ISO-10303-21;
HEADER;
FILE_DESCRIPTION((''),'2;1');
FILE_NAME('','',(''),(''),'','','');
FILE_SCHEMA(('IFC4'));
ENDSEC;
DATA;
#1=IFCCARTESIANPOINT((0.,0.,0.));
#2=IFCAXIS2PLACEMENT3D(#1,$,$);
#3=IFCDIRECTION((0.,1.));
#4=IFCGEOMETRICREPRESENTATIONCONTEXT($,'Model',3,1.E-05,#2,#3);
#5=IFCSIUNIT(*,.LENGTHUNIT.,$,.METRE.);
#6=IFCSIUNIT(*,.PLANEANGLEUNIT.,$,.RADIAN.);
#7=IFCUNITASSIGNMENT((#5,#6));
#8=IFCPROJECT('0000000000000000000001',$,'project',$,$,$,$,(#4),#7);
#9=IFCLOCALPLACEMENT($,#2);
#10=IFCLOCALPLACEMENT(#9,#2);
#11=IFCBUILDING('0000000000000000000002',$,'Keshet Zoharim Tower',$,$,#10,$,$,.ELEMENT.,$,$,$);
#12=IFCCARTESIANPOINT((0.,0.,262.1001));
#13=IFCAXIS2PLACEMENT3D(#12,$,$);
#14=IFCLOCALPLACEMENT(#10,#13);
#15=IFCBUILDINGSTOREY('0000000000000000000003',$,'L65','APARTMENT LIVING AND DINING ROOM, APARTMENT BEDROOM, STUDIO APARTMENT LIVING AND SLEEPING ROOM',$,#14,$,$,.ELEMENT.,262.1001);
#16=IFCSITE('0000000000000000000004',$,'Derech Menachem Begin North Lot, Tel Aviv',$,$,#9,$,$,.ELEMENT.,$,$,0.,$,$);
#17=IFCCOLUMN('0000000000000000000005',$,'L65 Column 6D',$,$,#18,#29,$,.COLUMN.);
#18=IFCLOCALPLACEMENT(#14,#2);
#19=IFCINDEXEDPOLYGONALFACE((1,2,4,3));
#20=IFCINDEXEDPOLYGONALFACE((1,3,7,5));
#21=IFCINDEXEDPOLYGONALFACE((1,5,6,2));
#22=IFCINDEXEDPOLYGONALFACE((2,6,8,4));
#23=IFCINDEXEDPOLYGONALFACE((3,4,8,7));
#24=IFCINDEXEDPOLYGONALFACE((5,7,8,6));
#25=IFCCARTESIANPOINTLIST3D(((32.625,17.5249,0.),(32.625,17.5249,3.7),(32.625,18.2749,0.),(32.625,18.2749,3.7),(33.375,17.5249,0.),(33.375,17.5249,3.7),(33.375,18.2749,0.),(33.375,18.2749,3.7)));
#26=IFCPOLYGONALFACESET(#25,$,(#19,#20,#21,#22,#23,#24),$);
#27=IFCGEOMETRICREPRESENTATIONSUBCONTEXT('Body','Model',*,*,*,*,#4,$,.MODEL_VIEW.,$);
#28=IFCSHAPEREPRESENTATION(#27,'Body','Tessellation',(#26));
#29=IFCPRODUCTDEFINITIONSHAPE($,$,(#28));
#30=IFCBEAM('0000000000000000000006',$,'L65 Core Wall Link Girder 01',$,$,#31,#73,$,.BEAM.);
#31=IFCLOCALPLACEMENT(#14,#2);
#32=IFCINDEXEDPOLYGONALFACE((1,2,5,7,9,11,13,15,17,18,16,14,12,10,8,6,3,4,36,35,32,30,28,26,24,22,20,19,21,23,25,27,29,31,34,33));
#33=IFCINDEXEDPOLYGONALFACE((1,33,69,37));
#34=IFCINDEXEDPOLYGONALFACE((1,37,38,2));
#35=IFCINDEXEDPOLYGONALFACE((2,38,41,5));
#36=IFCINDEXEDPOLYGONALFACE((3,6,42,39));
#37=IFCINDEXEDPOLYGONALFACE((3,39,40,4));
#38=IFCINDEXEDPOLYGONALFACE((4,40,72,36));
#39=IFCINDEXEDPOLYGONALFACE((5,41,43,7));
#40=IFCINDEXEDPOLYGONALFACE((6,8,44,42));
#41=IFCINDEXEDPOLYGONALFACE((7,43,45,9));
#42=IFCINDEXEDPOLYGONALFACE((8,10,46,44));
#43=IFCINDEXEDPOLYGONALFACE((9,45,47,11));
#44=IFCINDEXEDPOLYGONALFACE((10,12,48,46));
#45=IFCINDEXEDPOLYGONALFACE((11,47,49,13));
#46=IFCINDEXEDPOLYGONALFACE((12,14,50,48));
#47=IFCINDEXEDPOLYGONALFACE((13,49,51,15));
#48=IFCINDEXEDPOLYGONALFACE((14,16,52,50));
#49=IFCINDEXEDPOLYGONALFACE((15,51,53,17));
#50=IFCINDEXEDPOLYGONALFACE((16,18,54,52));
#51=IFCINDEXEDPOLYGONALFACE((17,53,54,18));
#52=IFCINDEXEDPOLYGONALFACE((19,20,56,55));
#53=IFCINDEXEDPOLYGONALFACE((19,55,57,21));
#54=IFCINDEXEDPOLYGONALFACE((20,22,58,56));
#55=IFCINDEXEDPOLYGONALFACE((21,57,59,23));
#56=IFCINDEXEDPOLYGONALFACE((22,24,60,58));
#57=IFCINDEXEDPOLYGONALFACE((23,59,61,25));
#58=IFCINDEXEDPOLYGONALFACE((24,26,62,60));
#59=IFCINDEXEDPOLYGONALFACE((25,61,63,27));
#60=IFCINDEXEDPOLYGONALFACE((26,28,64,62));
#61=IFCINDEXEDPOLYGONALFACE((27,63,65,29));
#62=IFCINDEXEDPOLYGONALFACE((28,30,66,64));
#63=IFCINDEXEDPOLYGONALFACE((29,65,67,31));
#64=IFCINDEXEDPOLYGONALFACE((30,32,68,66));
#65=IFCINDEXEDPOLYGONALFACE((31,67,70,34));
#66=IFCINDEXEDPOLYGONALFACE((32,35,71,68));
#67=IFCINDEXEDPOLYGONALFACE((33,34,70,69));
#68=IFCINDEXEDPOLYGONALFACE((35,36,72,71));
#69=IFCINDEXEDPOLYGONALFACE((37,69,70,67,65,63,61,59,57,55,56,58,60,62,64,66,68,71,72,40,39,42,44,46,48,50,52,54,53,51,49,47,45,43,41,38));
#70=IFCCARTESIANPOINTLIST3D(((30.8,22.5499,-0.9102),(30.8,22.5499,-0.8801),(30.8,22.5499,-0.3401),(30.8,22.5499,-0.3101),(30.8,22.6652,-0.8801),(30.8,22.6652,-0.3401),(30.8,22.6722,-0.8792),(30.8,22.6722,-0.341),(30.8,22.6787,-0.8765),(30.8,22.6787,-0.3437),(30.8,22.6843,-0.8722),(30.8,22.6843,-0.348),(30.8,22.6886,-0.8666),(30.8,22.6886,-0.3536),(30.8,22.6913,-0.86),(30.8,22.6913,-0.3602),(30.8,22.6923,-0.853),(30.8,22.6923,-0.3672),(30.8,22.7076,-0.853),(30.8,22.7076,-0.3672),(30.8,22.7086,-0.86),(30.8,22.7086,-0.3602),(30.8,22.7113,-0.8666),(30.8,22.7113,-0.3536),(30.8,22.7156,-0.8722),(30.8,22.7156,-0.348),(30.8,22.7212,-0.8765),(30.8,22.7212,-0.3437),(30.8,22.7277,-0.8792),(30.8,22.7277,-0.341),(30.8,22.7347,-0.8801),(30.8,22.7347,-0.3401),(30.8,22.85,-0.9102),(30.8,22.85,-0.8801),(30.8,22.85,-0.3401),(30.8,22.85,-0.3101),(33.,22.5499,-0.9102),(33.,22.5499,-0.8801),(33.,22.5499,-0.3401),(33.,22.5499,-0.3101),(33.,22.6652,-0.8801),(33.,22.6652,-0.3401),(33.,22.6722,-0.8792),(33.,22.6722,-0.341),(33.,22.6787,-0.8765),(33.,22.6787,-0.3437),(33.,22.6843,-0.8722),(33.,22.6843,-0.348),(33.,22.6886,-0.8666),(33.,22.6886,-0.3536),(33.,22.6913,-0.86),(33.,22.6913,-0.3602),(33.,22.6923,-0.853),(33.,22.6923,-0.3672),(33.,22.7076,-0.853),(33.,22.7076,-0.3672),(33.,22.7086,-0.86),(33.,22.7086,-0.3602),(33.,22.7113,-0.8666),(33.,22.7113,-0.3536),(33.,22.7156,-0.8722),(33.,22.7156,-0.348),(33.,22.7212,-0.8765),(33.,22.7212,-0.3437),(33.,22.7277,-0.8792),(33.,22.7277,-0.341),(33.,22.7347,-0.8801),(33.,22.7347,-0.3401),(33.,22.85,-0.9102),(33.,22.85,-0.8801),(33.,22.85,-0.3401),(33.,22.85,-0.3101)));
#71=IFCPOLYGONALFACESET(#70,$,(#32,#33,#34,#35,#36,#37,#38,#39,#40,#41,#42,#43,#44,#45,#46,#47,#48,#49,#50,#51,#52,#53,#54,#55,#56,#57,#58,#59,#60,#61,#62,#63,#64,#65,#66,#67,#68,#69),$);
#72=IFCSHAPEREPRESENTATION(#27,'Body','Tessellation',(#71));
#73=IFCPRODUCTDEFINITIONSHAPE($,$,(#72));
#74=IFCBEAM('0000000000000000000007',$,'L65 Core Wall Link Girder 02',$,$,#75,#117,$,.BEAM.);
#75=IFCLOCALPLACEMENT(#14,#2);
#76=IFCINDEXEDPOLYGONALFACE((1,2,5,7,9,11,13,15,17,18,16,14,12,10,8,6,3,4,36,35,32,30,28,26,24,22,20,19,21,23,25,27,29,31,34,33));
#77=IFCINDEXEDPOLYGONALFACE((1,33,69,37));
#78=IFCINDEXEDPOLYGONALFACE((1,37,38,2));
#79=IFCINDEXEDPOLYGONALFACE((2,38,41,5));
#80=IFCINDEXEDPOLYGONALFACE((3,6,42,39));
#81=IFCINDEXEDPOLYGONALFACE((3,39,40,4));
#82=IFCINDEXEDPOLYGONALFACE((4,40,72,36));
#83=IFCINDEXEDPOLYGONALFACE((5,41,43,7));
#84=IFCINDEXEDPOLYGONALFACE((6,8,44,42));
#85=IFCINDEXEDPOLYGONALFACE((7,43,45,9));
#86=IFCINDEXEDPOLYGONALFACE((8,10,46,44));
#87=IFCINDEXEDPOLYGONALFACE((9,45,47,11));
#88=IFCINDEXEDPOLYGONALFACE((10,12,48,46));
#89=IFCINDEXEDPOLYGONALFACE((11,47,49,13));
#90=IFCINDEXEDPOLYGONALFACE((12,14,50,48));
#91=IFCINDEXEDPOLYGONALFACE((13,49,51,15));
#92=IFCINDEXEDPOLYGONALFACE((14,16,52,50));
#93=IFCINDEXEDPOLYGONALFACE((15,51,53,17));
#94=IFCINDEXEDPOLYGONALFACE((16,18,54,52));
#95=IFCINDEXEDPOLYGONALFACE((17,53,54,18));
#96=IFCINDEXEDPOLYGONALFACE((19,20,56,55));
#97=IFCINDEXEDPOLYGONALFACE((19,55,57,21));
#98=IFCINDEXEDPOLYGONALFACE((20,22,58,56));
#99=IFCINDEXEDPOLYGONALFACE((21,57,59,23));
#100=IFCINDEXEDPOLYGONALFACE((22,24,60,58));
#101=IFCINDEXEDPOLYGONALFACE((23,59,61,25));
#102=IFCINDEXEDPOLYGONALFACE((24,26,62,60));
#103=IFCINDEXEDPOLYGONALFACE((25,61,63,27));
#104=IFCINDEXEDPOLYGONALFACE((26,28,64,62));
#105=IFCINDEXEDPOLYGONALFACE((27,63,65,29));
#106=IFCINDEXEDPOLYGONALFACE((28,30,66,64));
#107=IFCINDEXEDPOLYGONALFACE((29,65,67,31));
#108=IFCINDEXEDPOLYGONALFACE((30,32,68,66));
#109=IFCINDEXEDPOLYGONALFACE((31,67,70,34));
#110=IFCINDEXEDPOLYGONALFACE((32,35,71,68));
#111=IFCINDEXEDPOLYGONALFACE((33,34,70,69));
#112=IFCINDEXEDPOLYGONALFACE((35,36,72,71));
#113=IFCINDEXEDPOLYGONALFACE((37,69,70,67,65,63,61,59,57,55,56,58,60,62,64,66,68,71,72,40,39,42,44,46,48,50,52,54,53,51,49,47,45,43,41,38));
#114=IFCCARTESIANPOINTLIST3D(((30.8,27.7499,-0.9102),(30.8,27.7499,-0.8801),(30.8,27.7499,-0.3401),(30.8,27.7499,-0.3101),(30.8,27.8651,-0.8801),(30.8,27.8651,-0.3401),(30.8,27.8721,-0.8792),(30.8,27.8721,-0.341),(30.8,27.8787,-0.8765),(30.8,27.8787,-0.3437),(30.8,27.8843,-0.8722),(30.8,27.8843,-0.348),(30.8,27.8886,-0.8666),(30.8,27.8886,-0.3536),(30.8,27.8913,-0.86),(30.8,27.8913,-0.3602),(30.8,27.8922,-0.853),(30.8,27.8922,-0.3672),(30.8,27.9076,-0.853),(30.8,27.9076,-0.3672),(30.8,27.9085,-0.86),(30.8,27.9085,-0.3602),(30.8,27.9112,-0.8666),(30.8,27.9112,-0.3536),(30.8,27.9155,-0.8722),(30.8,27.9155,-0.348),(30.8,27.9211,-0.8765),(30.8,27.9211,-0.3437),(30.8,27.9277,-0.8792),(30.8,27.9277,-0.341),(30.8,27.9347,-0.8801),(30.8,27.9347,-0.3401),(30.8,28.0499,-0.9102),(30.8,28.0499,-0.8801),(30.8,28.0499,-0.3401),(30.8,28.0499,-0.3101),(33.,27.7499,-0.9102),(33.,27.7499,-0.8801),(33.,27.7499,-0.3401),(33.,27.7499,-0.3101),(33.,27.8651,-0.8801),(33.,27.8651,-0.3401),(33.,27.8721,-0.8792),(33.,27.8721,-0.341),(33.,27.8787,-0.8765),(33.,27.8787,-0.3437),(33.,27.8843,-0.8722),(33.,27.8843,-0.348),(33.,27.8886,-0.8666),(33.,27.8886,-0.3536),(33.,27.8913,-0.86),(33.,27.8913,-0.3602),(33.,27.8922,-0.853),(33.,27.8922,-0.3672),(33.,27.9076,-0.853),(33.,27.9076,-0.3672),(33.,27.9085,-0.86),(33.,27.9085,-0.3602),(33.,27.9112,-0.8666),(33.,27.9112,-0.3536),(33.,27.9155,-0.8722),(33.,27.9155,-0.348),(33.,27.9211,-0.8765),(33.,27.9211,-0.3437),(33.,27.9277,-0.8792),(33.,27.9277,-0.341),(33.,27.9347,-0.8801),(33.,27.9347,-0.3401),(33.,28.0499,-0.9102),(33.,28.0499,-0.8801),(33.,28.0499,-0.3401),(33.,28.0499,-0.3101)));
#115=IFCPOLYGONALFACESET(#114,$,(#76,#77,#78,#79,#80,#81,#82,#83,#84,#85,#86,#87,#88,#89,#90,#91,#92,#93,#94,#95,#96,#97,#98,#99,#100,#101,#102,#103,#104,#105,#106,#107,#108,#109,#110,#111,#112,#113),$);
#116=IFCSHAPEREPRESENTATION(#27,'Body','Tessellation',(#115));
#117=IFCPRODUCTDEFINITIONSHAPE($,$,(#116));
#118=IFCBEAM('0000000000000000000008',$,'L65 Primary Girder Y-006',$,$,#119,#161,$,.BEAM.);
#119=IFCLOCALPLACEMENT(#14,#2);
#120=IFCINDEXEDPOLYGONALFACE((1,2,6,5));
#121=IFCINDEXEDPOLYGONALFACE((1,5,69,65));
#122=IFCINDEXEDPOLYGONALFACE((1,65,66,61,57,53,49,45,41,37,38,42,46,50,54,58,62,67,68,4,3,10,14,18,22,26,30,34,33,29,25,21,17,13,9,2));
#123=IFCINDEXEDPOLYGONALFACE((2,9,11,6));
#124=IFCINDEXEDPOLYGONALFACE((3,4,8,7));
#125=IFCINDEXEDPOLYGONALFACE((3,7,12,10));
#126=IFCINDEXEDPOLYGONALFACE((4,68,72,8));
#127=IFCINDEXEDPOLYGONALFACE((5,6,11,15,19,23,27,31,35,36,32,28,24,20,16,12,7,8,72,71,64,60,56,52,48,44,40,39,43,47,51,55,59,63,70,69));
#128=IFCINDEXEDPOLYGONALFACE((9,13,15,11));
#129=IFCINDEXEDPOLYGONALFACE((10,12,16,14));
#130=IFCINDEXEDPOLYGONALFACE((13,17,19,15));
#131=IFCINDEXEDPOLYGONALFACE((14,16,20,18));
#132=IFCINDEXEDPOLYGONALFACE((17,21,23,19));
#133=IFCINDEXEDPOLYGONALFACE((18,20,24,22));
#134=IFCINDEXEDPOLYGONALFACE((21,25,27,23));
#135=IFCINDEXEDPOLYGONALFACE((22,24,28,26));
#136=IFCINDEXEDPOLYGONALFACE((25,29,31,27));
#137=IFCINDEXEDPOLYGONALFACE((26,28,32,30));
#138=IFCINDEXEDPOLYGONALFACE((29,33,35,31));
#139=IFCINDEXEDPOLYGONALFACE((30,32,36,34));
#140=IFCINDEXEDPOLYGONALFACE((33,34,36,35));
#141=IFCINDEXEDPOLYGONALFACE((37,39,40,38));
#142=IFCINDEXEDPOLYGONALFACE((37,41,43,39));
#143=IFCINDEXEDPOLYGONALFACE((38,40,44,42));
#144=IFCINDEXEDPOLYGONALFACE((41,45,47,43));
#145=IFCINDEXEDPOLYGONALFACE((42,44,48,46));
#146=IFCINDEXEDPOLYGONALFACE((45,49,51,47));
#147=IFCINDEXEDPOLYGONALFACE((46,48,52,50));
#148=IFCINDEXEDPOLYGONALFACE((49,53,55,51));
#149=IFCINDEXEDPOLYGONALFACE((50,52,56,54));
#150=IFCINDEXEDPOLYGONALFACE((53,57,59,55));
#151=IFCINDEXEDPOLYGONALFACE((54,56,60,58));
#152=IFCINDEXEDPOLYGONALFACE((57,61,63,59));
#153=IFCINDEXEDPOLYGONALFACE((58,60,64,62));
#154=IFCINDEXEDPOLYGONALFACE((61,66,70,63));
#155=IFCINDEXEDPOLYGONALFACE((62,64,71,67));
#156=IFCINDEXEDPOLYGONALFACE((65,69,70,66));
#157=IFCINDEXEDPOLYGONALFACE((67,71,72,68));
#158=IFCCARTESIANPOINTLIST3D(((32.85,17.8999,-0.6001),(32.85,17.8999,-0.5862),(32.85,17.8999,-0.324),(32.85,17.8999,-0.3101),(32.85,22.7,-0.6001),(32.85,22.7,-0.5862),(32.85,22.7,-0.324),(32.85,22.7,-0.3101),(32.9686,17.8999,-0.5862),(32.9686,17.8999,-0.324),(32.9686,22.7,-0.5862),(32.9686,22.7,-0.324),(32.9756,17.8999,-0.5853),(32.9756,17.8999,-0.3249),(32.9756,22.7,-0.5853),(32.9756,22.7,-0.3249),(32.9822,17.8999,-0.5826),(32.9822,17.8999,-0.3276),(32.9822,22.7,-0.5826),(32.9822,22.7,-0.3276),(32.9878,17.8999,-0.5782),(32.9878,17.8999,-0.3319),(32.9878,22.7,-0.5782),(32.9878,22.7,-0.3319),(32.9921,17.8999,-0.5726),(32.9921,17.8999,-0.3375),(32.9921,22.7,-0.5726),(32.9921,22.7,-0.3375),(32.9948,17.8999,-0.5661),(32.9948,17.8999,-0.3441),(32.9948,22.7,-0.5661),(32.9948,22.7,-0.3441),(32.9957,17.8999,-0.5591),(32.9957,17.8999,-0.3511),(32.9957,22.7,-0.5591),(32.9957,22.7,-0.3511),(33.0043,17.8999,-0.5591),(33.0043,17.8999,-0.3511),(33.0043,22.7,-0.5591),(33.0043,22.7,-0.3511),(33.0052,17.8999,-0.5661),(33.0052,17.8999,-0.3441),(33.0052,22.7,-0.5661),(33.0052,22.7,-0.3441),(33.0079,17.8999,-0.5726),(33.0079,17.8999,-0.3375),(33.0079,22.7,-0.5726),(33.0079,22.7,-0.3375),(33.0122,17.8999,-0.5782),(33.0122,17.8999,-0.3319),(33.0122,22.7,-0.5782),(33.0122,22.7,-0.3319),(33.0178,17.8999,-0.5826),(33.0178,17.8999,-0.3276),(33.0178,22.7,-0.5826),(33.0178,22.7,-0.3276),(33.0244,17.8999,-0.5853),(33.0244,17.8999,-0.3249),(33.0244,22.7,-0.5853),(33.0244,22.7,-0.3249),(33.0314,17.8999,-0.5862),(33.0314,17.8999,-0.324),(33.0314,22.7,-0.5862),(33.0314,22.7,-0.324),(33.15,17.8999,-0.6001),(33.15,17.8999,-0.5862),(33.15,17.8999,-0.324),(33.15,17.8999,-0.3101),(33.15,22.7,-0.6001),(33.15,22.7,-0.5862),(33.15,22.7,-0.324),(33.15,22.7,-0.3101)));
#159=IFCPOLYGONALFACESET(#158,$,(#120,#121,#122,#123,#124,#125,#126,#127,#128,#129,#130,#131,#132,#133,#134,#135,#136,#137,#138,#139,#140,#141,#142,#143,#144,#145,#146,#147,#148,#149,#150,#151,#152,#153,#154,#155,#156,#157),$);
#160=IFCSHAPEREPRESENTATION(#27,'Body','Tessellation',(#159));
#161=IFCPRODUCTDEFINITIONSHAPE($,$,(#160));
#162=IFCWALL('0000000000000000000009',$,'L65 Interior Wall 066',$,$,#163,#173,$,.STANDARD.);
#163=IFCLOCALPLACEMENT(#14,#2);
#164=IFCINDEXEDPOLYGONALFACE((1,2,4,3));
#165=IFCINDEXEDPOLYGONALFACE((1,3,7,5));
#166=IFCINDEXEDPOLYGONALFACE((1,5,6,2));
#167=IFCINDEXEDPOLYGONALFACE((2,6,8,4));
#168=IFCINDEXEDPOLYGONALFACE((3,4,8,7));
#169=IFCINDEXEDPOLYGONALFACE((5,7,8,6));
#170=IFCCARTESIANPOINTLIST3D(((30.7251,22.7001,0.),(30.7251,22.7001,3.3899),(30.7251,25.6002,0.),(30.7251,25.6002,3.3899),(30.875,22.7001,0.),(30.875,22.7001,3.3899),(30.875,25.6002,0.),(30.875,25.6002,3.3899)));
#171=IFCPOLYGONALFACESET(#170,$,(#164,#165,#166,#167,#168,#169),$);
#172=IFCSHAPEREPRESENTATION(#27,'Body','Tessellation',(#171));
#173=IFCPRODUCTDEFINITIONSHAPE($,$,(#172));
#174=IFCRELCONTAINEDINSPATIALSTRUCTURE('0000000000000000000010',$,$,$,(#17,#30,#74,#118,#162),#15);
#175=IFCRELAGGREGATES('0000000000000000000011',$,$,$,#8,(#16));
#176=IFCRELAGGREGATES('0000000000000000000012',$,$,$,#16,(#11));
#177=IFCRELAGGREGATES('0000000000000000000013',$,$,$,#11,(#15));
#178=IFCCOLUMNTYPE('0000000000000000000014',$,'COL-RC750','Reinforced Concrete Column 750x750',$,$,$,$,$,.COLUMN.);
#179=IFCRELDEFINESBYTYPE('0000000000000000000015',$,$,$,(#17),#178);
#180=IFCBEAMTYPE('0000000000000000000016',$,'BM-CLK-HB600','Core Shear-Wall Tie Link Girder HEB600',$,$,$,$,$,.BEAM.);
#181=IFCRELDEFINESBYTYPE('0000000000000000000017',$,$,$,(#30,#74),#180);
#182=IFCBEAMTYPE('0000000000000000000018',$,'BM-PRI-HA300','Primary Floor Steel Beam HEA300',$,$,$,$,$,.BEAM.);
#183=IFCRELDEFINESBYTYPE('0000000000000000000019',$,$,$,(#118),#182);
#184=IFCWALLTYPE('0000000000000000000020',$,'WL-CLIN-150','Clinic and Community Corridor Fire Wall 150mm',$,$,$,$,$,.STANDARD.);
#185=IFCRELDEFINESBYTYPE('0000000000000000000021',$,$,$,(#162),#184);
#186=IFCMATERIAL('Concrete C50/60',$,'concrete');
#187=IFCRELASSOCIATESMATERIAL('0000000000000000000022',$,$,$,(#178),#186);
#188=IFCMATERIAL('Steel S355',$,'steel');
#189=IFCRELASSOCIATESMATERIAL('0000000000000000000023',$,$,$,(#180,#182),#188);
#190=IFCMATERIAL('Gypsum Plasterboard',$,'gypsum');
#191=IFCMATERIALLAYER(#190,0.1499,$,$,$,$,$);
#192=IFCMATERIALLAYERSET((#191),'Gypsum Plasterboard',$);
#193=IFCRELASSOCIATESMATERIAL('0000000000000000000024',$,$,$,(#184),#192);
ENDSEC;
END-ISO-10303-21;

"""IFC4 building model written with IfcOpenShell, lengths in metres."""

from ifc_helpers import new_model, si_unit, direction, frame, frame_2d, origin, origin_2d, place, context, subcontext, project, spatial, rectangle, i_section, extrude, material, layer, layer_set, material_profile, profile_set, type_object, element, save


model = new_model("IFC4")

# Units and contexts
model_context = context("Model", 3, precision=1e-05, world=origin(), true_north=direction((0.0, 1.0)))
body_context = subcontext(model_context, "Body", "Model", "MODEL_VIEW")
ifc_project = project(units=[si_unit("LENGTHUNIT", "METRE"), si_unit("PLANEANGLEUNIT", "RADIAN")], contexts=[model_context])

# Site, building, storey
site_placement = place(None, origin())
site = spatial("IfcSite", under=ifc_project, at=site_placement, Name="Derech Menachem Begin North Lot, Tel Aviv", CompositionType="ELEMENT", RefElevation=0.0)
building_placement = place(site_placement, origin())
building = spatial("IfcBuilding", under=site, at=building_placement, Name="Keshet Zoharim Tower", CompositionType="ELEMENT")
storey_placement = place(building_placement, frame((0.0, 0.0, 262.1001)))
storey = spatial("IfcBuildingStorey", under=building, at=storey_placement, Name="L65", Description="APARTMENT LIVING AND DINING ROOM, APARTMENT BEDROOM, STUDIO APARTMENT LIVING AND SLEEPING ROOM", CompositionType="ELEMENT", Elevation=262.1001)

# Column
ifc_material_1 = material(Name="Concrete C50/60", Category="concrete")
ifc_material_profile_1 = material_profile(ifc_material_1, rectangle(XDim=0.75, YDim=0.75, at=origin_2d()), Name="RC750x750")
ifc_profile_set_1 = profile_set([ifc_material_profile_1], Name="Concrete C50/60")
column_type = type_object("IfcColumnType", Name="COL-RC750", Description="Reinforced Concrete Column 750x750", PredefinedType="COLUMN", material=ifc_profile_set_1)
column_placement = place(storey_placement, frame((33.0, 17.8999, 0.0), z_axis=(0.0, 0.0, 1.0), x_axis=(1.0, 0.0, 0.0)))
element("IfcColumn", 1, at=column_placement, inside=storey, type_object=column_type, Name="L65 Column 6D", PredefinedType="COLUMN", context=body_context, shape_type="SweptSolid", body=[
    extrude(rectangle(XDim=0.75, YDim=0.75, at=origin_2d()), origin(), (0.0, 0.0, 1.0), 3.7),
])

# Beams
ifc_material_2 = material(Name="Steel S355", Category="steel")
ifc_material_profile_2 = material_profile(ifc_material_2, i_section(OverallWidth=0.3, OverallDepth=0.6001, WebThickness=0.0154, FlangeThickness=0.03, FilletRadius=0.0271, at=origin_2d()), Name="HEB600")
ifc_profile_set_2 = profile_set([ifc_material_profile_2], Name="Steel S355")
beam_type_1 = type_object("IfcBeamType", Name="BM-CLK-HB600", Description="Core Shear-Wall Tie Link Girder HEB600", PredefinedType="BEAM", material=ifc_profile_set_2)
for number, where, z_axis, x_axis, name in (
    (2, (30.8, 22.7, -0.6101), (1.0, 0.0, 0.0), (0.0, 1.0, 0.0), "L65 Core Wall Link Girder 01"),
    (3, (30.8, 27.8999, -0.6101), (1.0, 0.0, 0.0), (0.0, 1.0, 0.0), "L65 Core Wall Link Girder 02"),
):
    element("IfcBeam", number, at=place(storey_placement, frame(where, z_axis=z_axis, x_axis=x_axis)), inside=storey, type_object=beam_type_1, Name=name, PredefinedType="BEAM", context=body_context, shape_type="SweptSolid", body=[
        extrude(i_section(OverallWidth=0.3, OverallDepth=0.6001, WebThickness=0.0154, FlangeThickness=0.03, FilletRadius=0.0271, at=origin_2d()), origin(), (0.0, 0.0, 1.0), 2.2),
    ])
ifc_material_profile_3 = material_profile(ifc_material_2, i_section(OverallWidth=0.3, OverallDepth=0.29, WebThickness=0.0085, FlangeThickness=0.0139, FilletRadius=0.0271, at=origin_2d()), Name="HEA300")
ifc_profile_set_3 = profile_set([ifc_material_profile_3], Name="Steel S355")
beam_type_2 = type_object("IfcBeamType", Name="BM-PRI-HA300", Description="Primary Floor Steel Beam HEA300", PredefinedType="BEAM", material=ifc_profile_set_3)
beam_placement = place(storey_placement, frame((33.0, 17.8999, -0.4551), z_axis=(0.0, 1.0, 0.0), x_axis=(-1.0, 0.0, 0.0)))
element("IfcBeam", 4, at=beam_placement, inside=storey, type_object=beam_type_2, Name="L65 Primary Girder Y-006", PredefinedType="BEAM", context=body_context, shape_type="SweptSolid", body=[
    extrude(i_section(OverallWidth=0.3, OverallDepth=0.29, WebThickness=0.0085, FlangeThickness=0.0139, FilletRadius=0.0271, at=origin_2d()), origin(), (0.0, 0.0, 1.0), 4.8),
])

# Wall
ifc_material_3 = material(Name="Gypsum Plasterboard", Category="gypsum")
ifc_layer_1 = layer(ifc_material_3, 0.1499)
ifc_layer_set_1 = layer_set([ifc_layer_1], Name="Gypsum Plasterboard")
wall_type_1 = type_object("IfcWallType", Name="WL-CLIN-150", Description="Clinic and Community Corridor Fire Wall 150mm", PredefinedType="STANDARD", material=ifc_layer_set_1)
wall_1_placement = place(storey_placement, frame((30.8, 22.7, 0.0), z_axis=(0.0, 0.0, 1.0), x_axis=(0.0, 1.0, 0.0)))
element("IfcWall", 5, at=wall_1_placement, inside=storey, type_object=wall_type_1, Name="L65 Interior Wall 066", PredefinedType="STANDARD", context=body_context, shape_type="SweptSolid", body=[
    extrude(rectangle(XDim=2.9001, YDim=0.1499, at=frame_2d((1.4502, 0.0))), origin(), (0.0, 0.0, 1.0), 3.3899),
])

save(model, "model.ifc")
